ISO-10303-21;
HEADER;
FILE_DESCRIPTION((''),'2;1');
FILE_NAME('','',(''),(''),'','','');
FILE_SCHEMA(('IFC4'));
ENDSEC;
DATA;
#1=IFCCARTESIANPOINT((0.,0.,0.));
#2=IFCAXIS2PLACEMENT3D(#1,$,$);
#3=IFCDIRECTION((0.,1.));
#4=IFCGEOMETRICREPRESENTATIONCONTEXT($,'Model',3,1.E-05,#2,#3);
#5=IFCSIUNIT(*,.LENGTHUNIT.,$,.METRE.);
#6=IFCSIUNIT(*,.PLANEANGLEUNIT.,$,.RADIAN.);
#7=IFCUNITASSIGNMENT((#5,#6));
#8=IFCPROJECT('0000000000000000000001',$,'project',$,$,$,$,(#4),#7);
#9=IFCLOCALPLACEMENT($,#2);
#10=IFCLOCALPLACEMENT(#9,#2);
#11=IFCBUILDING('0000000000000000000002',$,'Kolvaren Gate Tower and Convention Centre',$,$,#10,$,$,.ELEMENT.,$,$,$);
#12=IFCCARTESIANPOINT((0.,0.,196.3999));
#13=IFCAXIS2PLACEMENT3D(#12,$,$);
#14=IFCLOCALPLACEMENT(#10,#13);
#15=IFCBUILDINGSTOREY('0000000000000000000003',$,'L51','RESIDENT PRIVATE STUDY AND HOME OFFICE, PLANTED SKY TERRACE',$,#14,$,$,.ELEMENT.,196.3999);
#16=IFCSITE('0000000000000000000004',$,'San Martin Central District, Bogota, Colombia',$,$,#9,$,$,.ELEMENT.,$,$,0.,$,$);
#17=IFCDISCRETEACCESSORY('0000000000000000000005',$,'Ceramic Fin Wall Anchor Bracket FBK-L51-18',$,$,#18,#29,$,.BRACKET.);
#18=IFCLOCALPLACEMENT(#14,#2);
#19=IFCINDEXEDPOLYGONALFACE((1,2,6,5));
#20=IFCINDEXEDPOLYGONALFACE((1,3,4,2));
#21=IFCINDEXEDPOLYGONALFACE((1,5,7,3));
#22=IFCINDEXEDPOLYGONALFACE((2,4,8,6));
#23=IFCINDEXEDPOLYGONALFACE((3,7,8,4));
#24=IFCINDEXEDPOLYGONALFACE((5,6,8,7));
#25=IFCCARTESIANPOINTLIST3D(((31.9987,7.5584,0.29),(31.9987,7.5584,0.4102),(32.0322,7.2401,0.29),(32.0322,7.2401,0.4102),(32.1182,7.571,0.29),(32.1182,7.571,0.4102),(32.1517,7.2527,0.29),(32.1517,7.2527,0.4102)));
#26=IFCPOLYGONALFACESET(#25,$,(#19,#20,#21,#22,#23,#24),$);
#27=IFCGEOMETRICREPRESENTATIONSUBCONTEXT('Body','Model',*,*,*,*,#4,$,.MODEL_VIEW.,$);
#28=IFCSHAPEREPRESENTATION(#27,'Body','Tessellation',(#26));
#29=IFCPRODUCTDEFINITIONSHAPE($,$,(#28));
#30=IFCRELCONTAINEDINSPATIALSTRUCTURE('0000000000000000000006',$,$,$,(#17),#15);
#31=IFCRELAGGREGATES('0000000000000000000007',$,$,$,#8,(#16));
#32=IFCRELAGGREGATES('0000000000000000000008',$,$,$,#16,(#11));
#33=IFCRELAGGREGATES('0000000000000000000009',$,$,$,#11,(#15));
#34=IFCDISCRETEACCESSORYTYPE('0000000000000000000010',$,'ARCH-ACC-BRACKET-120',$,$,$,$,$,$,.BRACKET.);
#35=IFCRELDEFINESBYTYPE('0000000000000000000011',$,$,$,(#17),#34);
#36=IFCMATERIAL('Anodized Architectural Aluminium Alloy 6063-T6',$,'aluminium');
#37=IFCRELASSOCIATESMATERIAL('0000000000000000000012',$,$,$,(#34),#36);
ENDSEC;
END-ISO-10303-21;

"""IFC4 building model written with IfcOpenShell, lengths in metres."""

from ifc_helpers import new_model, si_unit, direction, frame, origin, origin_2d, place, context, subcontext, project, spatial, rectangle, extrude, material, type_object, element, save


model = new_model("IFC4")

# Units and contexts
model_context = context("Model", 3, precision=1e-05, world=origin(), true_north=direction((0.0, 1.0)))
body_context = subcontext(model_context, "Body", "Model", "MODEL_VIEW")
ifc_project = project(units=[si_unit("LENGTHUNIT", "METRE"), si_unit("PLANEANGLEUNIT", "RADIAN")], contexts=[model_context])

# Site, building, storey
site_placement = place(None, origin())
site = spatial("IfcSite", under=ifc_project, at=site_placement, Name="San Martin Central District, Bogota, Colombia", CompositionType="ELEMENT", RefElevation=0.0)
building_placement = place(site_placement, origin())
building = spatial("IfcBuilding", under=site, at=building_placement, Name="Kolvaren Gate Tower and Convention Centre", CompositionType="ELEMENT")
storey_placement = place(building_placement, frame((0.0, 0.0, 196.3999)))
storey = spatial("IfcBuildingStorey", under=building, at=storey_placement, Name="L51", Description="RESIDENT PRIVATE STUDY AND HOME OFFICE, PLANTED SKY TERRACE", CompositionType="ELEMENT", Elevation=196.3999)

# Discrete accessory
ifc_material_1 = material(Name="Anodized Architectural Aluminium Alloy 6063-T6", Category="aluminium")
discrete_accessory_type = type_object("IfcDiscreteAccessoryType", Name="ARCH-ACC-BRACKET-120", PredefinedType="BRACKET", material=ifc_material_1)
discrete_accessory_placement = place(storey_placement, frame((32.0752, 7.4055, 0.29), z_axis=(0.0, 0.0, 1.0), x_axis=(0.994499, 0.104747, 0.0)))
element("IfcDiscreteAccessory", 1, at=discrete_accessory_placement, inside=storey, type_object=discrete_accessory_type, Name="Ceramic Fin Wall Anchor Bracket FBK-L51-18", PredefinedType="BRACKET", context=body_context, shape_type="SweptSolid", body=[
    extrude(rectangle(XDim=0.1201, YDim=0.3201, at=origin_2d()), origin(), (0.0, 0.0, 1.0), 0.1201),
])

save(model, "model.ifc")
